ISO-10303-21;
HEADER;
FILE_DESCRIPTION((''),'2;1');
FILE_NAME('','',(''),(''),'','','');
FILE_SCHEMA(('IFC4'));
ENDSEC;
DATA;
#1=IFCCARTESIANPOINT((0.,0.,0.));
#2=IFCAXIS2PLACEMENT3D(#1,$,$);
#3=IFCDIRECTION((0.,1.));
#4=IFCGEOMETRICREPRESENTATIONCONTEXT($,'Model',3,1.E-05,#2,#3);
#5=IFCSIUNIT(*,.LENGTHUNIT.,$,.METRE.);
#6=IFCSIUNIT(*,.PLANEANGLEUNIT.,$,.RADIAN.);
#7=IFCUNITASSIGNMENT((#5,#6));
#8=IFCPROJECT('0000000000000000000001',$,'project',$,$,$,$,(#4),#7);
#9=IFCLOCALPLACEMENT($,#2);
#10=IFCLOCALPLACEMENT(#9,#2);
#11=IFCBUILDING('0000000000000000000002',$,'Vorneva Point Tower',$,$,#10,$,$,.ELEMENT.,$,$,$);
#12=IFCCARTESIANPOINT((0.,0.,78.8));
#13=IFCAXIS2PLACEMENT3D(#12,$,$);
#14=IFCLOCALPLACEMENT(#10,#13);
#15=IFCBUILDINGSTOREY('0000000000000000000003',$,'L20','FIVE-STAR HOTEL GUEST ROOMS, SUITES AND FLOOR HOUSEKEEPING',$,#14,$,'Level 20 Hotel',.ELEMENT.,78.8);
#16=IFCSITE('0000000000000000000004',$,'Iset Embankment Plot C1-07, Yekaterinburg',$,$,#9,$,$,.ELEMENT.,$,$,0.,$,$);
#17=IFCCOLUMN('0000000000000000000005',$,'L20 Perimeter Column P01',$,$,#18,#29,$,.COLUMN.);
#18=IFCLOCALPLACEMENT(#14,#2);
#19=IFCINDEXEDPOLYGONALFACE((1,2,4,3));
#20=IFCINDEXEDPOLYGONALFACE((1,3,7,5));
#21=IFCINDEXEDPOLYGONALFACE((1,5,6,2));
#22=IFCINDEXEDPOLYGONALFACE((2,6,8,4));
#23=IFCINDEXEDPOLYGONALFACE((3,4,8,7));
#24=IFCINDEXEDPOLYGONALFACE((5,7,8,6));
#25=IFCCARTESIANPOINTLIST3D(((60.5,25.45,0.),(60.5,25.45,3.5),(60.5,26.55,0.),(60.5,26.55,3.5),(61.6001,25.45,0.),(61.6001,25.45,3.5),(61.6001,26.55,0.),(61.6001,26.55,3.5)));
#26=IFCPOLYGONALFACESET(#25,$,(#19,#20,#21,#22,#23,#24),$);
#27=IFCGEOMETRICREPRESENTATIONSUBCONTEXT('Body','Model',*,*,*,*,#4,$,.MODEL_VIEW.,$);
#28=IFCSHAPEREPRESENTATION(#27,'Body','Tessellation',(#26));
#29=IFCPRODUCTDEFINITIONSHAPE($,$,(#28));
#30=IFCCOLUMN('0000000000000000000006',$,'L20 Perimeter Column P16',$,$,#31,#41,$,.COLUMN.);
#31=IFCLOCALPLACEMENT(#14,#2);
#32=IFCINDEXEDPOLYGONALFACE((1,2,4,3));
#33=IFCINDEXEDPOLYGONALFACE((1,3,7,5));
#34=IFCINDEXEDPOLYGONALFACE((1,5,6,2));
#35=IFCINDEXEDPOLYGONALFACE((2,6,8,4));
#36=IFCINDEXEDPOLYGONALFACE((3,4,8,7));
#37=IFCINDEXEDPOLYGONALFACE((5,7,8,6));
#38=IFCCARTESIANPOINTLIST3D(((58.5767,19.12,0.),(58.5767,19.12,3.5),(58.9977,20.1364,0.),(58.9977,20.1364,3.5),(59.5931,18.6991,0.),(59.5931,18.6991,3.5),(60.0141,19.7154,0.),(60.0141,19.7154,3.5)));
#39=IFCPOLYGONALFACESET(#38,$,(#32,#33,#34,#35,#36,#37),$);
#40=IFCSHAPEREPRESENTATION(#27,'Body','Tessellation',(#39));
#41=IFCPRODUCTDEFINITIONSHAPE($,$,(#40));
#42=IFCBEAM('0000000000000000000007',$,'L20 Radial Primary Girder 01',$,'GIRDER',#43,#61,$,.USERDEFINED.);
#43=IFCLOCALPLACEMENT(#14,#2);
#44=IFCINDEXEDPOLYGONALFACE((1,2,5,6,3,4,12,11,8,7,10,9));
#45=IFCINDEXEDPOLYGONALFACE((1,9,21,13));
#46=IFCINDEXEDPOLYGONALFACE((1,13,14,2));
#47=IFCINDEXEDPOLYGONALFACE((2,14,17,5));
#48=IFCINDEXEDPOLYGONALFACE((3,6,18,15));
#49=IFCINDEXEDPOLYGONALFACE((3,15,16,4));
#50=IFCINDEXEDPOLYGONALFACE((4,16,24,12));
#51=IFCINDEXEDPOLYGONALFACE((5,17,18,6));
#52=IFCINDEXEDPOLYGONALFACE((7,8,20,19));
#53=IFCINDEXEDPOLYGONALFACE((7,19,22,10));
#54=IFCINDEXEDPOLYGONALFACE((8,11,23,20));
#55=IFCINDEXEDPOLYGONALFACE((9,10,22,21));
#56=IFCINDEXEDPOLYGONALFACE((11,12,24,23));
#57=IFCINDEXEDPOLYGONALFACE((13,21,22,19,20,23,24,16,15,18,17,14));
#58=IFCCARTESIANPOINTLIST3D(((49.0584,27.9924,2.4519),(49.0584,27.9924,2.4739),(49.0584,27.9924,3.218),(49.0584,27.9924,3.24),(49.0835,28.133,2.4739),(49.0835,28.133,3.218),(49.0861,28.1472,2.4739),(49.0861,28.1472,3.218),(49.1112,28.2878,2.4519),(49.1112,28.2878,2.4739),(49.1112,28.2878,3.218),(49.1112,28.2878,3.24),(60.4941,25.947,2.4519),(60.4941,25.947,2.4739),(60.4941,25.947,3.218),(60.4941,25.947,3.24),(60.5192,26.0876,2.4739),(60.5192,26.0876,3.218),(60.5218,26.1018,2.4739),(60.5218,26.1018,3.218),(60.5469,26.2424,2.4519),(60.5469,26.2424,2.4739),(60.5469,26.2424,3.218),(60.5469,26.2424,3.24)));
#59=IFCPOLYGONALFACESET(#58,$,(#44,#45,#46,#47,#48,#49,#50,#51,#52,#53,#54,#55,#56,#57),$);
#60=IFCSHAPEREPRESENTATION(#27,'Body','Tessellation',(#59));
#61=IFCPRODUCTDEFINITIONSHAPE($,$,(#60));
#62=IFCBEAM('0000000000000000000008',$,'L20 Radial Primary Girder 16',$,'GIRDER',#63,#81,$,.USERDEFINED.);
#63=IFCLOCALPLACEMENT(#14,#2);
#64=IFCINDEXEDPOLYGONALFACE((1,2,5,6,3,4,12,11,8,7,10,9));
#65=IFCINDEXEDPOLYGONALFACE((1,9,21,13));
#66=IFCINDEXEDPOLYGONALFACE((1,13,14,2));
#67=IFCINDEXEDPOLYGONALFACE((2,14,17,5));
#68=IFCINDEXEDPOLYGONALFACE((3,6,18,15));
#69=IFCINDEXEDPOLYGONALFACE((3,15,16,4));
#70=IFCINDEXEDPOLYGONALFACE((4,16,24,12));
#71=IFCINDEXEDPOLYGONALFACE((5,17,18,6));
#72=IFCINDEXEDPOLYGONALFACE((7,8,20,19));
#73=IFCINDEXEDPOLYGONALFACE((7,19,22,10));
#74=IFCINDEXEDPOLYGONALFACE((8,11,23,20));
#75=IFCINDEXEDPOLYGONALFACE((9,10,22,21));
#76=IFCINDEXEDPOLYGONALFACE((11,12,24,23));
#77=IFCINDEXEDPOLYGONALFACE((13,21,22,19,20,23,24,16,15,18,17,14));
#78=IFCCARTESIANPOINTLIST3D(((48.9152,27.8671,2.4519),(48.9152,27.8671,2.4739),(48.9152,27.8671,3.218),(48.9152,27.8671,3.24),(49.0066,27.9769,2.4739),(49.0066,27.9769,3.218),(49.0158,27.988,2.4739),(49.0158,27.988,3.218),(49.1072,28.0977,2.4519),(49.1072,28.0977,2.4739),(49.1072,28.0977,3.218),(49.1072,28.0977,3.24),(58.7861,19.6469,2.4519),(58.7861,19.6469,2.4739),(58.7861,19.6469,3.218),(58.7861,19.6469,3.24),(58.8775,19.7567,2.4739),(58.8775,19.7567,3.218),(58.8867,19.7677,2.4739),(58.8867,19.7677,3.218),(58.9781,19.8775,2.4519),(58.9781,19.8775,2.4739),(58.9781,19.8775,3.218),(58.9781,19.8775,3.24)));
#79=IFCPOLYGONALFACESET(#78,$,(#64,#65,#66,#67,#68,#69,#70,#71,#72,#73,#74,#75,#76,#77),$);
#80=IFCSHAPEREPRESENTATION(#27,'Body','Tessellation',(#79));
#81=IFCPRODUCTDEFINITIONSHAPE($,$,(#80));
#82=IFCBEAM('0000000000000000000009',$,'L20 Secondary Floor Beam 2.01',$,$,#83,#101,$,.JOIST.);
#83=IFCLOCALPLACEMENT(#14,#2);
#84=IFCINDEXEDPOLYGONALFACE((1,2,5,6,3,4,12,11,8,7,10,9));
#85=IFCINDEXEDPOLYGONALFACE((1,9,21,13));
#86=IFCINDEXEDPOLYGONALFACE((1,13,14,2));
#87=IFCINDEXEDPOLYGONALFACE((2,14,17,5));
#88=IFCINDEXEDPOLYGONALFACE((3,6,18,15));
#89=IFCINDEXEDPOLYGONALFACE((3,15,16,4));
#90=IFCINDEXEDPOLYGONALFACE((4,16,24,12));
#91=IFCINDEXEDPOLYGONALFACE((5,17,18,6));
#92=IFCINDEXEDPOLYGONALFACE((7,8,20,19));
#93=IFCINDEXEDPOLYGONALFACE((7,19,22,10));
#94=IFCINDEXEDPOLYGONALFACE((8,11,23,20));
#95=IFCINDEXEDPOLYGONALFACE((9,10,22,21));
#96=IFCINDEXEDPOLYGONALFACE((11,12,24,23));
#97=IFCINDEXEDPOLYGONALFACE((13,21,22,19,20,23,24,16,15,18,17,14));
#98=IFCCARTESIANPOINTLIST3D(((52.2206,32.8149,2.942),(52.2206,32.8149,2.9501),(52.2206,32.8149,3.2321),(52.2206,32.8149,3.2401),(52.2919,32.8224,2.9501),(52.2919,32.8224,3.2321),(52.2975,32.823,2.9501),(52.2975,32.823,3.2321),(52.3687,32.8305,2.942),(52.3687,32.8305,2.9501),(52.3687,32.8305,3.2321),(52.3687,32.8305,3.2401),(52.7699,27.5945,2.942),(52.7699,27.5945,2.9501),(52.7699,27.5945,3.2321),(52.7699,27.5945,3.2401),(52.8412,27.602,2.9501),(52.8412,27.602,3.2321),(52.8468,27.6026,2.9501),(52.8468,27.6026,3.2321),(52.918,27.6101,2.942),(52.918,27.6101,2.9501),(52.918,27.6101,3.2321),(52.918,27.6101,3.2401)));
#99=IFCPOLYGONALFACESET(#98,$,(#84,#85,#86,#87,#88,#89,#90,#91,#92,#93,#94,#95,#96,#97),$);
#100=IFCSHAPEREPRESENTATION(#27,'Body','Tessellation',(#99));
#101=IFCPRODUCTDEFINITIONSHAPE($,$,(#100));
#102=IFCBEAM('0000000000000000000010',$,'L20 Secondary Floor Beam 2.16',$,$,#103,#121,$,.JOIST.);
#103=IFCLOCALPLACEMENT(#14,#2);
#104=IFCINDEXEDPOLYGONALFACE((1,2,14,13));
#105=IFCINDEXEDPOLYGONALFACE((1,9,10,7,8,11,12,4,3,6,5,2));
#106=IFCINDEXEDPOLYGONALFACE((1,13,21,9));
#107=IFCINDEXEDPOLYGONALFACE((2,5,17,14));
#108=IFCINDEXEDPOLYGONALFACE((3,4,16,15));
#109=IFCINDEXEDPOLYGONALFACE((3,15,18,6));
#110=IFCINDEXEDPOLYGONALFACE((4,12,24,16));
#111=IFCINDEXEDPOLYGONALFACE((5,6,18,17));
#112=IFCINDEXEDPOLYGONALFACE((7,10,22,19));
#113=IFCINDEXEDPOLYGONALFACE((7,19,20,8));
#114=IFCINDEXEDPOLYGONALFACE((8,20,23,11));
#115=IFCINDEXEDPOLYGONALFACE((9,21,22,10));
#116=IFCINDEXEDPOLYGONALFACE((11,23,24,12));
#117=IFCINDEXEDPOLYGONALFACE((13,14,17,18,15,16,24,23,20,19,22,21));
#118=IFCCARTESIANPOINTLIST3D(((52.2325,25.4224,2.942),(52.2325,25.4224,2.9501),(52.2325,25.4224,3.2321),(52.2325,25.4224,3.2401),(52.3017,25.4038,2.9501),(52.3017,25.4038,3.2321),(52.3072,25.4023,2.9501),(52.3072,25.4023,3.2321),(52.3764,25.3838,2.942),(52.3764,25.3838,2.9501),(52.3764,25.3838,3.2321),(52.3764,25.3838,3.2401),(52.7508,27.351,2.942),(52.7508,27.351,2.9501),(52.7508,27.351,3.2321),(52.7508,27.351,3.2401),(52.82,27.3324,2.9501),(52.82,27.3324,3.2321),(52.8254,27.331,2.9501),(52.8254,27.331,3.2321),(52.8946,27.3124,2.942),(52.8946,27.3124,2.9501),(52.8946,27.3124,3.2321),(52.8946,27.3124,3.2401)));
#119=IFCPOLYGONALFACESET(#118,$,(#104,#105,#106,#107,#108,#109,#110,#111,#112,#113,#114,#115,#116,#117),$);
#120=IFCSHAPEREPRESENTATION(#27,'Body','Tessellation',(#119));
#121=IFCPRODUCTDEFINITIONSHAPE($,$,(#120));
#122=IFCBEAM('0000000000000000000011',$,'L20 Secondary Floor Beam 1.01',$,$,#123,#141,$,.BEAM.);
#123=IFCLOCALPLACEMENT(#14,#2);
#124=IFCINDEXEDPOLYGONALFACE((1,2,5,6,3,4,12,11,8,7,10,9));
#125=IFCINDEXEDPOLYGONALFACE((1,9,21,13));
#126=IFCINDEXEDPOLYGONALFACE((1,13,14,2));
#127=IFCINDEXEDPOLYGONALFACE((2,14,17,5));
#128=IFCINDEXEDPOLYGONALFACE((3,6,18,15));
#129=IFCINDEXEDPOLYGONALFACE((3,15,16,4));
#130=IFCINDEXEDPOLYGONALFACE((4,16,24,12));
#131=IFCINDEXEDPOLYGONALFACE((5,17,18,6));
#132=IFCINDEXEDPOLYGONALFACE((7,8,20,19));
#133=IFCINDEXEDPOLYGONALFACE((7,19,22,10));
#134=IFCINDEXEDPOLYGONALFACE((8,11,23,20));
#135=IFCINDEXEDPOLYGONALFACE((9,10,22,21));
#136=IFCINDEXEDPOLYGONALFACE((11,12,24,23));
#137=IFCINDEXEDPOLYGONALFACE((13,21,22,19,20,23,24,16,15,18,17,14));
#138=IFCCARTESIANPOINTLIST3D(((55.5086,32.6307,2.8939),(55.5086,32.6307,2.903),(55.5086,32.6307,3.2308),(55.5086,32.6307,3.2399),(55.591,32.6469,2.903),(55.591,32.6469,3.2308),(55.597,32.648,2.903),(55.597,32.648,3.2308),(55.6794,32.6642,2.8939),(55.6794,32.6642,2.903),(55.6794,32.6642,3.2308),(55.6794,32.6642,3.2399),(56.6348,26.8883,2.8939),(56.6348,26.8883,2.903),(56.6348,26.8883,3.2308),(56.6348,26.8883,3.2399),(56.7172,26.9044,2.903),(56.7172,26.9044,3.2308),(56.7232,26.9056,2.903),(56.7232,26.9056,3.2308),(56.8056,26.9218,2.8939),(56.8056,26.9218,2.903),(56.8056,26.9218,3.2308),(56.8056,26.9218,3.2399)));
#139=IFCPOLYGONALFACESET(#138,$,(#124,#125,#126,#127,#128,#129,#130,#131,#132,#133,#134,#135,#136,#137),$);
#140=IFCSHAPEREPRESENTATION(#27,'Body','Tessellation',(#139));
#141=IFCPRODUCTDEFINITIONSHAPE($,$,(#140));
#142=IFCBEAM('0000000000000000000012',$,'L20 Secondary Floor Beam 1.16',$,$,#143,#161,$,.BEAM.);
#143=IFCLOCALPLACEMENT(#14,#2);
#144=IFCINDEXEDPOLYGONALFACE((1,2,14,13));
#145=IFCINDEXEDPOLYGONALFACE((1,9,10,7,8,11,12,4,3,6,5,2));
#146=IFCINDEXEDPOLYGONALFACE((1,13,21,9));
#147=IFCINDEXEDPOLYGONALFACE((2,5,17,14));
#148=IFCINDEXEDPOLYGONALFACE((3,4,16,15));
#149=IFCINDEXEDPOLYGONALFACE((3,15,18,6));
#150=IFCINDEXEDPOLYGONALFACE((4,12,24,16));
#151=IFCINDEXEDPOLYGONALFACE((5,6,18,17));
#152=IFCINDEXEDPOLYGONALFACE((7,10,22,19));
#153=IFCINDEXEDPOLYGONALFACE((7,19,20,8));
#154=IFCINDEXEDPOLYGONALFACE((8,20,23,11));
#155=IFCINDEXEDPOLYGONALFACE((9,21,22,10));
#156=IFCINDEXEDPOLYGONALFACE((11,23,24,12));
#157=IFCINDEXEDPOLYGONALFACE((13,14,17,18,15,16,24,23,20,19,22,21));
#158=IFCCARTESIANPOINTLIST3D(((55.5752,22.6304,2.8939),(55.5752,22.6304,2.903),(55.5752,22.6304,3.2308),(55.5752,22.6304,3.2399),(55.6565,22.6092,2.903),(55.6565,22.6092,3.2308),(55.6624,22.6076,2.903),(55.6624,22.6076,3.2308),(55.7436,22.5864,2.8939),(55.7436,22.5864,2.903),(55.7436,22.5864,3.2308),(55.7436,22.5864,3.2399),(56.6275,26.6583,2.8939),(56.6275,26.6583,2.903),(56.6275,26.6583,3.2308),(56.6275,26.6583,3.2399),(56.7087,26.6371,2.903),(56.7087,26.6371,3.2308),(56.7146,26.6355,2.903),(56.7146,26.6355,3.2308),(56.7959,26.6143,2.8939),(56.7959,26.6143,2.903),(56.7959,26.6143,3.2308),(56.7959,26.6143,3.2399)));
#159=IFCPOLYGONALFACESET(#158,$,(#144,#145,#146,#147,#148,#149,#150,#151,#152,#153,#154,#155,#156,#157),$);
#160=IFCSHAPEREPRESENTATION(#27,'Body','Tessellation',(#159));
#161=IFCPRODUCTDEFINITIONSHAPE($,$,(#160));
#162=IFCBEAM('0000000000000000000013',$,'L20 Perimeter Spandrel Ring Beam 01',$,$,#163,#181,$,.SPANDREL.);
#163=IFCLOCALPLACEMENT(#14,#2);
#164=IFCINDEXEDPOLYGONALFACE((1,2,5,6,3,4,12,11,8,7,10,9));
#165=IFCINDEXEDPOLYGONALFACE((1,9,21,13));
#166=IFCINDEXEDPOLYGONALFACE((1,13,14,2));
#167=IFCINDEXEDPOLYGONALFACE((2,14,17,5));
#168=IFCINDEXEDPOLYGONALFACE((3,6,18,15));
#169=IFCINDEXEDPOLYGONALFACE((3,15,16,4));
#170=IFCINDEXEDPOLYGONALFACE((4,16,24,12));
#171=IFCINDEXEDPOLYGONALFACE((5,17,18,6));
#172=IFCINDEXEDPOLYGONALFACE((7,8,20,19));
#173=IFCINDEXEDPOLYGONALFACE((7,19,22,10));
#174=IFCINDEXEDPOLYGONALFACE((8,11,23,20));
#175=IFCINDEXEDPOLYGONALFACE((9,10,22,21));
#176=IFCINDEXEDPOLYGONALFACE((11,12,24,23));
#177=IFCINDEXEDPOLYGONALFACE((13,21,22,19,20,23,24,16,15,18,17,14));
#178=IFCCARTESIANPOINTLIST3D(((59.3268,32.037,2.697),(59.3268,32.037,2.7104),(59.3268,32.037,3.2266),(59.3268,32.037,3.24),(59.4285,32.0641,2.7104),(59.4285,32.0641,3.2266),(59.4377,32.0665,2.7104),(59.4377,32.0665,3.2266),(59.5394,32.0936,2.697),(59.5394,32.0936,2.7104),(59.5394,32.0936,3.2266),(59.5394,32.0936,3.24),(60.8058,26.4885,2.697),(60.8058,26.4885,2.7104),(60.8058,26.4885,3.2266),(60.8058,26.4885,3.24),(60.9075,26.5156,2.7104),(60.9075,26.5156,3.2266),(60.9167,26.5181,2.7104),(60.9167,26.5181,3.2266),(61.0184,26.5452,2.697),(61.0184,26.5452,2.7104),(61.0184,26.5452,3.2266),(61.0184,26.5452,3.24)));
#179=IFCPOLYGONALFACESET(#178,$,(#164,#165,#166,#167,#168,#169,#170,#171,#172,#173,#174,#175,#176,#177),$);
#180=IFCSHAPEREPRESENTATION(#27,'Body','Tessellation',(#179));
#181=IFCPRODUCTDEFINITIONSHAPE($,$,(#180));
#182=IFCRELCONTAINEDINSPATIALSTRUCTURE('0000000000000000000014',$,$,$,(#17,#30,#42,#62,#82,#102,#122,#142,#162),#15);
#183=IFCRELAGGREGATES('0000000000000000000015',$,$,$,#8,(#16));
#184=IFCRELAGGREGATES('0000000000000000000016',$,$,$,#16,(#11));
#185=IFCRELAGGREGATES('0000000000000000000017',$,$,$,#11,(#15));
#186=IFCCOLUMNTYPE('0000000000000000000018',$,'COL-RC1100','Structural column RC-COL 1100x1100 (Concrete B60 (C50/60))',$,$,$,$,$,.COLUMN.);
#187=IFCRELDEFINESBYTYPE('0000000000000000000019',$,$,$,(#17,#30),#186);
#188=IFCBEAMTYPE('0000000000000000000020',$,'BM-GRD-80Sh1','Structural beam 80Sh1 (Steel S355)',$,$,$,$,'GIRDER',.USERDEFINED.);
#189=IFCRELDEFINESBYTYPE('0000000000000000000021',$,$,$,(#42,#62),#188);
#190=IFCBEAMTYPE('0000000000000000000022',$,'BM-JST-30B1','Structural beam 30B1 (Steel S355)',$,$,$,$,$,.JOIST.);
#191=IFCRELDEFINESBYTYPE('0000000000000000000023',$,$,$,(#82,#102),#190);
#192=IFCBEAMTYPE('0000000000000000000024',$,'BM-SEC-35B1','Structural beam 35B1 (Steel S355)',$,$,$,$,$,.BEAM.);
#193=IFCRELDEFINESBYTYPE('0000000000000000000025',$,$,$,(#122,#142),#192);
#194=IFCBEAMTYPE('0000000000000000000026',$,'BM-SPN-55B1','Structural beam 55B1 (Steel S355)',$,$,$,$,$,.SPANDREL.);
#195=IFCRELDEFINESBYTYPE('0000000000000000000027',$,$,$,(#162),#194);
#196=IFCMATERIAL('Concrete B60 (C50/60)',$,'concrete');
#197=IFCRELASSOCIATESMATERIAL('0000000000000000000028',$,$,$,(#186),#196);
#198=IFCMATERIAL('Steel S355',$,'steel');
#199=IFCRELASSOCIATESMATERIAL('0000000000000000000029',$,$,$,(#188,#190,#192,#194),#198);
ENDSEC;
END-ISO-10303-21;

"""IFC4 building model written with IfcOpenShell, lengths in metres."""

from ifc_helpers import new_model, si_unit, direction, frame, origin, origin_2d, place, context, subcontext, project, spatial, rectangle, i_section, extrude, material, material_profile, profile_set, type_object, element, save


model = new_model("IFC4")

# Units and contexts
model_context = context("Model", 3, precision=1e-05, world=origin(), true_north=direction((0.0, 1.0)))
body_context = subcontext(model_context, "Body", "Model", "MODEL_VIEW")
ifc_project = project(units=[si_unit("LENGTHUNIT", "METRE"), si_unit("PLANEANGLEUNIT", "RADIAN")], contexts=[model_context])

# Site, building, storey
site_placement = place(None, origin())
site = spatial("IfcSite", under=ifc_project, at=site_placement, Name="Iset Embankment Plot C1-07, Yekaterinburg", CompositionType="ELEMENT", RefElevation=0.0)
building_placement = place(site_placement, origin())
building = spatial("IfcBuilding", under=site, at=building_placement, Name="Vorneva Point Tower", CompositionType="ELEMENT")
storey_placement = place(building_placement, frame((0.0, 0.0, 78.8)))
storey = spatial("IfcBuildingStorey", under=building, at=storey_placement, Name="L20", Description="FIVE-STAR HOTEL GUEST ROOMS, SUITES AND FLOOR HOUSEKEEPING", LongName="Level 20 Hotel", CompositionType="ELEMENT", Elevation=78.8)

# Columns
ifc_material_1 = material(Name="Concrete B60 (C50/60)", Category="concrete")
ifc_material_profile_1 = material_profile(ifc_material_1, rectangle(XDim=1.1001, YDim=1.1001, at=origin_2d()), Name="RC-COL 1100x1100")
ifc_profile_set_1 = profile_set([ifc_material_profile_1], Name="Concrete B60 (C50/60)")
column_type = type_object("IfcColumnType", Name="COL-RC1100", Description="Structural column RC-COL 1100x1100 (Concrete B60 (C50/60))", PredefinedType="COLUMN", material=ifc_profile_set_1)
for number, where, z_axis, x_axis, name in (
    (1, (61.05, 26.0, 0.0), (0.0, 0.0, 1.0), (1.0, 0.0, 0.0), "L20 Perimeter Column P01"),
    (2, (59.2954, 19.4177, 0.0), (0.0, 0.0, 1.0), (0.92388, -0.382683, 0.0), "L20 Perimeter Column P16"),
):
    element("IfcColumn", number, at=place(storey_placement, frame(where, z_axis=z_axis, x_axis=x_axis)), inside=storey, type_object=column_type, Name=name, PredefinedType="COLUMN", context=body_context, shape_type="SweptSolid", body=[
        extrude(rectangle(XDim=1.1001, YDim=1.1001, at=origin_2d()), origin(), (0.0, 0.0, 1.0), 3.5),
    ])

# Beams
ifc_material_2 = material(Name="Steel S355", Category="steel")
ifc_material_profile_2 = material_profile(ifc_material_2, i_section(OverallWidth=0.3, OverallDepth=0.7881, WebThickness=0.0144, FlangeThickness=0.022, at=origin_2d()), Name="80Sh1")
ifc_profile_set_2 = profile_set([ifc_material_profile_2], Name="Steel S355")
beam_type_1 = type_object("IfcBeamType", Name="BM-GRD-80Sh1", Description="Structural beam 80Sh1 (Steel S355)", ElementType="GIRDER", PredefinedType="USERDEFINED", material=ifc_profile_set_2)
beam_1_placement = place(storey_placement, frame((60.5205, 26.0947, 2.8459), z_axis=(-0.984378, 0.176066, 0.0), x_axis=(-0.176066, -0.984378, 0.0)))
element("IfcBeam", 3, at=beam_1_placement, inside=storey, type_object=beam_type_1, Name="L20 Radial Primary Girder 01", ObjectType="GIRDER", PredefinedType="USERDEFINED", context=body_context, shape_type="SweptSolid", body=[
    extrude(i_section(OverallWidth=0.3, OverallDepth=0.7881, WebThickness=0.0144, FlangeThickness=0.022, at=origin_2d()), origin(), (0.0, 0.0, 1.0), 11.6172),
])
beam_2_placement = place(storey_placement, frame((58.8821, 19.7622, 2.8459), z_axis=(-0.768432, 0.639932, 0.0), x_axis=(-0.639932, -0.768432, 0.0)))
element("IfcBeam", 4, at=beam_2_placement, inside=storey, type_object=beam_type_1, Name="L20 Radial Primary Girder 16", ObjectType="GIRDER", PredefinedType="USERDEFINED", context=body_context, shape_type="SweptSolid", body=[
    extrude(i_section(OverallWidth=0.3, OverallDepth=0.7881, WebThickness=0.0144, FlangeThickness=0.022, at=origin_2d()), origin(), (0.0, 0.0, 1.0), 12.8455),
])
ifc_material_profile_3 = material_profile(ifc_material_2, i_section(OverallWidth=0.1489, OverallDepth=0.2981, WebThickness=0.0056, FlangeThickness=0.0081, at=origin_2d()), Name="30B1")
ifc_profile_set_3 = profile_set([ifc_material_profile_3], Name="Steel S355")
beam_type_2 = type_object("IfcBeamType", Name="BM-JST-30B1", Description="Structural beam 30B1 (Steel S355)", PredefinedType="JOIST", material=ifc_profile_set_3)
beam_3_placement = place(storey_placement, frame((52.844, 27.6023, 3.0911), z_axis=(-0.104646, 0.99451, 0.0), x_axis=(-0.99451, -0.104646, 0.0)))
element("IfcBeam", 5, at=beam_3_placement, inside=storey, type_object=beam_type_2, Name="L20 Secondary Floor Beam 2.01", PredefinedType="JOIST", context=body_context, shape_type="SweptSolid", body=[
    extrude(i_section(OverallWidth=0.1489, OverallDepth=0.2981, WebThickness=0.0056, FlangeThickness=0.0081, at=origin_2d()), origin(), (0.0, 0.0, 1.0), 5.2493),
])
beam_4_placement = place(storey_placement, frame((52.3044, 25.4031, 3.0911), z_axis=(0.259526, 0.965736, 0.0), x_axis=(-0.965736, 0.259526, 0.0)))
element("IfcBeam", 6, at=beam_4_placement, inside=storey, type_object=beam_type_2, Name="L20 Secondary Floor Beam 2.16", PredefinedType="JOIST", context=body_context, shape_type="SweptSolid", body=[
    extrude(i_section(OverallWidth=0.1489, OverallDepth=0.2981, WebThickness=0.0056, FlangeThickness=0.0081, at=origin_2d()), origin(), (0.0, 0.0, 1.0), 1.9971),
])
ifc_material_profile_4 = material_profile(ifc_material_2, i_section(OverallWidth=0.1741, OverallDepth=0.3459, WebThickness=0.0061, FlangeThickness=0.009, at=origin_2d()), Name="35B1")
ifc_profile_set_4 = profile_set([ifc_material_profile_4], Name="Steel S355")
beam_type_3 = type_object("IfcBeamType", Name="BM-SEC-35B1", Description="Structural beam 35B1 (Steel S355)", PredefinedType="BEAM", material=ifc_profile_set_4)
beam_5_placement = place(storey_placement, frame((56.7202, 26.905, 3.0669), z_axis=(-0.192456, 0.981306, 0.0), x_axis=(-0.981306, -0.192456, 0.0)))
element("IfcBeam", 7, at=beam_5_placement, inside=storey, type_object=beam_type_3, Name="L20 Secondary Floor Beam 1.01", PredefinedType="BEAM", context=body_context, shape_type="SweptSolid", body=[
    extrude(i_section(OverallWidth=0.1741, OverallDepth=0.3459, WebThickness=0.0061, FlangeThickness=0.009, at=origin_2d()), origin(), (0.0, 0.0, 1.0), 5.8518),
])
beam_6_placement = place(storey_placement, frame((55.6594, 22.6084, 3.0669), z_axis=(0.252761, 0.967529, 0.0), x_axis=(-0.967529, 0.252761, 0.0)))
element("IfcBeam", 8, at=beam_6_placement, inside=storey, type_object=beam_type_3, Name="L20 Secondary Floor Beam 1.16", PredefinedType="BEAM", context=body_context, shape_type="SweptSolid", body=[
    extrude(i_section(OverallWidth=0.1741, OverallDepth=0.3459, WebThickness=0.0061, FlangeThickness=0.009, at=origin_2d()), origin(), (0.0, 0.0, 1.0), 4.1631),
])
ifc_material_profile_5 = material_profile(ifc_material_2, i_section(OverallWidth=0.22, OverallDepth=0.543, WebThickness=0.0095, FlangeThickness=0.0134, at=origin_2d()), Name="55B1")
ifc_profile_set_5 = profile_set([ifc_material_profile_5], Name="Steel S355")
beam_type_4 = type_object("IfcBeamType", Name="BM-SPN-55B1", Description="Structural beam 55B1 (Steel S355)", PredefinedType="SPANDREL", material=ifc_profile_set_5)
for number, where, z_axis, x_axis, name in (
    (9, (60.9121, 26.5168, 2.9685), (-0.257573, 0.966259, 0.0), (-0.966259, -0.257573, 0.0), "L20 Perimeter Spandrel Ring Beam 01"),
):
    element("IfcBeam", number, at=place(storey_placement, frame(where, z_axis=z_axis, x_axis=x_axis)), inside=storey, type_object=beam_type_4, Name=name, PredefinedType="SPANDREL", context=body_context, shape_type="SweptSolid", body=[
        extrude(i_section(OverallWidth=0.22, OverallDepth=0.543, WebThickness=0.0095, FlangeThickness=0.0134, at=origin_2d()), origin(), (0.0, 0.0, 1.0), 5.7422),
    ])

save(model, "model.ifc")
